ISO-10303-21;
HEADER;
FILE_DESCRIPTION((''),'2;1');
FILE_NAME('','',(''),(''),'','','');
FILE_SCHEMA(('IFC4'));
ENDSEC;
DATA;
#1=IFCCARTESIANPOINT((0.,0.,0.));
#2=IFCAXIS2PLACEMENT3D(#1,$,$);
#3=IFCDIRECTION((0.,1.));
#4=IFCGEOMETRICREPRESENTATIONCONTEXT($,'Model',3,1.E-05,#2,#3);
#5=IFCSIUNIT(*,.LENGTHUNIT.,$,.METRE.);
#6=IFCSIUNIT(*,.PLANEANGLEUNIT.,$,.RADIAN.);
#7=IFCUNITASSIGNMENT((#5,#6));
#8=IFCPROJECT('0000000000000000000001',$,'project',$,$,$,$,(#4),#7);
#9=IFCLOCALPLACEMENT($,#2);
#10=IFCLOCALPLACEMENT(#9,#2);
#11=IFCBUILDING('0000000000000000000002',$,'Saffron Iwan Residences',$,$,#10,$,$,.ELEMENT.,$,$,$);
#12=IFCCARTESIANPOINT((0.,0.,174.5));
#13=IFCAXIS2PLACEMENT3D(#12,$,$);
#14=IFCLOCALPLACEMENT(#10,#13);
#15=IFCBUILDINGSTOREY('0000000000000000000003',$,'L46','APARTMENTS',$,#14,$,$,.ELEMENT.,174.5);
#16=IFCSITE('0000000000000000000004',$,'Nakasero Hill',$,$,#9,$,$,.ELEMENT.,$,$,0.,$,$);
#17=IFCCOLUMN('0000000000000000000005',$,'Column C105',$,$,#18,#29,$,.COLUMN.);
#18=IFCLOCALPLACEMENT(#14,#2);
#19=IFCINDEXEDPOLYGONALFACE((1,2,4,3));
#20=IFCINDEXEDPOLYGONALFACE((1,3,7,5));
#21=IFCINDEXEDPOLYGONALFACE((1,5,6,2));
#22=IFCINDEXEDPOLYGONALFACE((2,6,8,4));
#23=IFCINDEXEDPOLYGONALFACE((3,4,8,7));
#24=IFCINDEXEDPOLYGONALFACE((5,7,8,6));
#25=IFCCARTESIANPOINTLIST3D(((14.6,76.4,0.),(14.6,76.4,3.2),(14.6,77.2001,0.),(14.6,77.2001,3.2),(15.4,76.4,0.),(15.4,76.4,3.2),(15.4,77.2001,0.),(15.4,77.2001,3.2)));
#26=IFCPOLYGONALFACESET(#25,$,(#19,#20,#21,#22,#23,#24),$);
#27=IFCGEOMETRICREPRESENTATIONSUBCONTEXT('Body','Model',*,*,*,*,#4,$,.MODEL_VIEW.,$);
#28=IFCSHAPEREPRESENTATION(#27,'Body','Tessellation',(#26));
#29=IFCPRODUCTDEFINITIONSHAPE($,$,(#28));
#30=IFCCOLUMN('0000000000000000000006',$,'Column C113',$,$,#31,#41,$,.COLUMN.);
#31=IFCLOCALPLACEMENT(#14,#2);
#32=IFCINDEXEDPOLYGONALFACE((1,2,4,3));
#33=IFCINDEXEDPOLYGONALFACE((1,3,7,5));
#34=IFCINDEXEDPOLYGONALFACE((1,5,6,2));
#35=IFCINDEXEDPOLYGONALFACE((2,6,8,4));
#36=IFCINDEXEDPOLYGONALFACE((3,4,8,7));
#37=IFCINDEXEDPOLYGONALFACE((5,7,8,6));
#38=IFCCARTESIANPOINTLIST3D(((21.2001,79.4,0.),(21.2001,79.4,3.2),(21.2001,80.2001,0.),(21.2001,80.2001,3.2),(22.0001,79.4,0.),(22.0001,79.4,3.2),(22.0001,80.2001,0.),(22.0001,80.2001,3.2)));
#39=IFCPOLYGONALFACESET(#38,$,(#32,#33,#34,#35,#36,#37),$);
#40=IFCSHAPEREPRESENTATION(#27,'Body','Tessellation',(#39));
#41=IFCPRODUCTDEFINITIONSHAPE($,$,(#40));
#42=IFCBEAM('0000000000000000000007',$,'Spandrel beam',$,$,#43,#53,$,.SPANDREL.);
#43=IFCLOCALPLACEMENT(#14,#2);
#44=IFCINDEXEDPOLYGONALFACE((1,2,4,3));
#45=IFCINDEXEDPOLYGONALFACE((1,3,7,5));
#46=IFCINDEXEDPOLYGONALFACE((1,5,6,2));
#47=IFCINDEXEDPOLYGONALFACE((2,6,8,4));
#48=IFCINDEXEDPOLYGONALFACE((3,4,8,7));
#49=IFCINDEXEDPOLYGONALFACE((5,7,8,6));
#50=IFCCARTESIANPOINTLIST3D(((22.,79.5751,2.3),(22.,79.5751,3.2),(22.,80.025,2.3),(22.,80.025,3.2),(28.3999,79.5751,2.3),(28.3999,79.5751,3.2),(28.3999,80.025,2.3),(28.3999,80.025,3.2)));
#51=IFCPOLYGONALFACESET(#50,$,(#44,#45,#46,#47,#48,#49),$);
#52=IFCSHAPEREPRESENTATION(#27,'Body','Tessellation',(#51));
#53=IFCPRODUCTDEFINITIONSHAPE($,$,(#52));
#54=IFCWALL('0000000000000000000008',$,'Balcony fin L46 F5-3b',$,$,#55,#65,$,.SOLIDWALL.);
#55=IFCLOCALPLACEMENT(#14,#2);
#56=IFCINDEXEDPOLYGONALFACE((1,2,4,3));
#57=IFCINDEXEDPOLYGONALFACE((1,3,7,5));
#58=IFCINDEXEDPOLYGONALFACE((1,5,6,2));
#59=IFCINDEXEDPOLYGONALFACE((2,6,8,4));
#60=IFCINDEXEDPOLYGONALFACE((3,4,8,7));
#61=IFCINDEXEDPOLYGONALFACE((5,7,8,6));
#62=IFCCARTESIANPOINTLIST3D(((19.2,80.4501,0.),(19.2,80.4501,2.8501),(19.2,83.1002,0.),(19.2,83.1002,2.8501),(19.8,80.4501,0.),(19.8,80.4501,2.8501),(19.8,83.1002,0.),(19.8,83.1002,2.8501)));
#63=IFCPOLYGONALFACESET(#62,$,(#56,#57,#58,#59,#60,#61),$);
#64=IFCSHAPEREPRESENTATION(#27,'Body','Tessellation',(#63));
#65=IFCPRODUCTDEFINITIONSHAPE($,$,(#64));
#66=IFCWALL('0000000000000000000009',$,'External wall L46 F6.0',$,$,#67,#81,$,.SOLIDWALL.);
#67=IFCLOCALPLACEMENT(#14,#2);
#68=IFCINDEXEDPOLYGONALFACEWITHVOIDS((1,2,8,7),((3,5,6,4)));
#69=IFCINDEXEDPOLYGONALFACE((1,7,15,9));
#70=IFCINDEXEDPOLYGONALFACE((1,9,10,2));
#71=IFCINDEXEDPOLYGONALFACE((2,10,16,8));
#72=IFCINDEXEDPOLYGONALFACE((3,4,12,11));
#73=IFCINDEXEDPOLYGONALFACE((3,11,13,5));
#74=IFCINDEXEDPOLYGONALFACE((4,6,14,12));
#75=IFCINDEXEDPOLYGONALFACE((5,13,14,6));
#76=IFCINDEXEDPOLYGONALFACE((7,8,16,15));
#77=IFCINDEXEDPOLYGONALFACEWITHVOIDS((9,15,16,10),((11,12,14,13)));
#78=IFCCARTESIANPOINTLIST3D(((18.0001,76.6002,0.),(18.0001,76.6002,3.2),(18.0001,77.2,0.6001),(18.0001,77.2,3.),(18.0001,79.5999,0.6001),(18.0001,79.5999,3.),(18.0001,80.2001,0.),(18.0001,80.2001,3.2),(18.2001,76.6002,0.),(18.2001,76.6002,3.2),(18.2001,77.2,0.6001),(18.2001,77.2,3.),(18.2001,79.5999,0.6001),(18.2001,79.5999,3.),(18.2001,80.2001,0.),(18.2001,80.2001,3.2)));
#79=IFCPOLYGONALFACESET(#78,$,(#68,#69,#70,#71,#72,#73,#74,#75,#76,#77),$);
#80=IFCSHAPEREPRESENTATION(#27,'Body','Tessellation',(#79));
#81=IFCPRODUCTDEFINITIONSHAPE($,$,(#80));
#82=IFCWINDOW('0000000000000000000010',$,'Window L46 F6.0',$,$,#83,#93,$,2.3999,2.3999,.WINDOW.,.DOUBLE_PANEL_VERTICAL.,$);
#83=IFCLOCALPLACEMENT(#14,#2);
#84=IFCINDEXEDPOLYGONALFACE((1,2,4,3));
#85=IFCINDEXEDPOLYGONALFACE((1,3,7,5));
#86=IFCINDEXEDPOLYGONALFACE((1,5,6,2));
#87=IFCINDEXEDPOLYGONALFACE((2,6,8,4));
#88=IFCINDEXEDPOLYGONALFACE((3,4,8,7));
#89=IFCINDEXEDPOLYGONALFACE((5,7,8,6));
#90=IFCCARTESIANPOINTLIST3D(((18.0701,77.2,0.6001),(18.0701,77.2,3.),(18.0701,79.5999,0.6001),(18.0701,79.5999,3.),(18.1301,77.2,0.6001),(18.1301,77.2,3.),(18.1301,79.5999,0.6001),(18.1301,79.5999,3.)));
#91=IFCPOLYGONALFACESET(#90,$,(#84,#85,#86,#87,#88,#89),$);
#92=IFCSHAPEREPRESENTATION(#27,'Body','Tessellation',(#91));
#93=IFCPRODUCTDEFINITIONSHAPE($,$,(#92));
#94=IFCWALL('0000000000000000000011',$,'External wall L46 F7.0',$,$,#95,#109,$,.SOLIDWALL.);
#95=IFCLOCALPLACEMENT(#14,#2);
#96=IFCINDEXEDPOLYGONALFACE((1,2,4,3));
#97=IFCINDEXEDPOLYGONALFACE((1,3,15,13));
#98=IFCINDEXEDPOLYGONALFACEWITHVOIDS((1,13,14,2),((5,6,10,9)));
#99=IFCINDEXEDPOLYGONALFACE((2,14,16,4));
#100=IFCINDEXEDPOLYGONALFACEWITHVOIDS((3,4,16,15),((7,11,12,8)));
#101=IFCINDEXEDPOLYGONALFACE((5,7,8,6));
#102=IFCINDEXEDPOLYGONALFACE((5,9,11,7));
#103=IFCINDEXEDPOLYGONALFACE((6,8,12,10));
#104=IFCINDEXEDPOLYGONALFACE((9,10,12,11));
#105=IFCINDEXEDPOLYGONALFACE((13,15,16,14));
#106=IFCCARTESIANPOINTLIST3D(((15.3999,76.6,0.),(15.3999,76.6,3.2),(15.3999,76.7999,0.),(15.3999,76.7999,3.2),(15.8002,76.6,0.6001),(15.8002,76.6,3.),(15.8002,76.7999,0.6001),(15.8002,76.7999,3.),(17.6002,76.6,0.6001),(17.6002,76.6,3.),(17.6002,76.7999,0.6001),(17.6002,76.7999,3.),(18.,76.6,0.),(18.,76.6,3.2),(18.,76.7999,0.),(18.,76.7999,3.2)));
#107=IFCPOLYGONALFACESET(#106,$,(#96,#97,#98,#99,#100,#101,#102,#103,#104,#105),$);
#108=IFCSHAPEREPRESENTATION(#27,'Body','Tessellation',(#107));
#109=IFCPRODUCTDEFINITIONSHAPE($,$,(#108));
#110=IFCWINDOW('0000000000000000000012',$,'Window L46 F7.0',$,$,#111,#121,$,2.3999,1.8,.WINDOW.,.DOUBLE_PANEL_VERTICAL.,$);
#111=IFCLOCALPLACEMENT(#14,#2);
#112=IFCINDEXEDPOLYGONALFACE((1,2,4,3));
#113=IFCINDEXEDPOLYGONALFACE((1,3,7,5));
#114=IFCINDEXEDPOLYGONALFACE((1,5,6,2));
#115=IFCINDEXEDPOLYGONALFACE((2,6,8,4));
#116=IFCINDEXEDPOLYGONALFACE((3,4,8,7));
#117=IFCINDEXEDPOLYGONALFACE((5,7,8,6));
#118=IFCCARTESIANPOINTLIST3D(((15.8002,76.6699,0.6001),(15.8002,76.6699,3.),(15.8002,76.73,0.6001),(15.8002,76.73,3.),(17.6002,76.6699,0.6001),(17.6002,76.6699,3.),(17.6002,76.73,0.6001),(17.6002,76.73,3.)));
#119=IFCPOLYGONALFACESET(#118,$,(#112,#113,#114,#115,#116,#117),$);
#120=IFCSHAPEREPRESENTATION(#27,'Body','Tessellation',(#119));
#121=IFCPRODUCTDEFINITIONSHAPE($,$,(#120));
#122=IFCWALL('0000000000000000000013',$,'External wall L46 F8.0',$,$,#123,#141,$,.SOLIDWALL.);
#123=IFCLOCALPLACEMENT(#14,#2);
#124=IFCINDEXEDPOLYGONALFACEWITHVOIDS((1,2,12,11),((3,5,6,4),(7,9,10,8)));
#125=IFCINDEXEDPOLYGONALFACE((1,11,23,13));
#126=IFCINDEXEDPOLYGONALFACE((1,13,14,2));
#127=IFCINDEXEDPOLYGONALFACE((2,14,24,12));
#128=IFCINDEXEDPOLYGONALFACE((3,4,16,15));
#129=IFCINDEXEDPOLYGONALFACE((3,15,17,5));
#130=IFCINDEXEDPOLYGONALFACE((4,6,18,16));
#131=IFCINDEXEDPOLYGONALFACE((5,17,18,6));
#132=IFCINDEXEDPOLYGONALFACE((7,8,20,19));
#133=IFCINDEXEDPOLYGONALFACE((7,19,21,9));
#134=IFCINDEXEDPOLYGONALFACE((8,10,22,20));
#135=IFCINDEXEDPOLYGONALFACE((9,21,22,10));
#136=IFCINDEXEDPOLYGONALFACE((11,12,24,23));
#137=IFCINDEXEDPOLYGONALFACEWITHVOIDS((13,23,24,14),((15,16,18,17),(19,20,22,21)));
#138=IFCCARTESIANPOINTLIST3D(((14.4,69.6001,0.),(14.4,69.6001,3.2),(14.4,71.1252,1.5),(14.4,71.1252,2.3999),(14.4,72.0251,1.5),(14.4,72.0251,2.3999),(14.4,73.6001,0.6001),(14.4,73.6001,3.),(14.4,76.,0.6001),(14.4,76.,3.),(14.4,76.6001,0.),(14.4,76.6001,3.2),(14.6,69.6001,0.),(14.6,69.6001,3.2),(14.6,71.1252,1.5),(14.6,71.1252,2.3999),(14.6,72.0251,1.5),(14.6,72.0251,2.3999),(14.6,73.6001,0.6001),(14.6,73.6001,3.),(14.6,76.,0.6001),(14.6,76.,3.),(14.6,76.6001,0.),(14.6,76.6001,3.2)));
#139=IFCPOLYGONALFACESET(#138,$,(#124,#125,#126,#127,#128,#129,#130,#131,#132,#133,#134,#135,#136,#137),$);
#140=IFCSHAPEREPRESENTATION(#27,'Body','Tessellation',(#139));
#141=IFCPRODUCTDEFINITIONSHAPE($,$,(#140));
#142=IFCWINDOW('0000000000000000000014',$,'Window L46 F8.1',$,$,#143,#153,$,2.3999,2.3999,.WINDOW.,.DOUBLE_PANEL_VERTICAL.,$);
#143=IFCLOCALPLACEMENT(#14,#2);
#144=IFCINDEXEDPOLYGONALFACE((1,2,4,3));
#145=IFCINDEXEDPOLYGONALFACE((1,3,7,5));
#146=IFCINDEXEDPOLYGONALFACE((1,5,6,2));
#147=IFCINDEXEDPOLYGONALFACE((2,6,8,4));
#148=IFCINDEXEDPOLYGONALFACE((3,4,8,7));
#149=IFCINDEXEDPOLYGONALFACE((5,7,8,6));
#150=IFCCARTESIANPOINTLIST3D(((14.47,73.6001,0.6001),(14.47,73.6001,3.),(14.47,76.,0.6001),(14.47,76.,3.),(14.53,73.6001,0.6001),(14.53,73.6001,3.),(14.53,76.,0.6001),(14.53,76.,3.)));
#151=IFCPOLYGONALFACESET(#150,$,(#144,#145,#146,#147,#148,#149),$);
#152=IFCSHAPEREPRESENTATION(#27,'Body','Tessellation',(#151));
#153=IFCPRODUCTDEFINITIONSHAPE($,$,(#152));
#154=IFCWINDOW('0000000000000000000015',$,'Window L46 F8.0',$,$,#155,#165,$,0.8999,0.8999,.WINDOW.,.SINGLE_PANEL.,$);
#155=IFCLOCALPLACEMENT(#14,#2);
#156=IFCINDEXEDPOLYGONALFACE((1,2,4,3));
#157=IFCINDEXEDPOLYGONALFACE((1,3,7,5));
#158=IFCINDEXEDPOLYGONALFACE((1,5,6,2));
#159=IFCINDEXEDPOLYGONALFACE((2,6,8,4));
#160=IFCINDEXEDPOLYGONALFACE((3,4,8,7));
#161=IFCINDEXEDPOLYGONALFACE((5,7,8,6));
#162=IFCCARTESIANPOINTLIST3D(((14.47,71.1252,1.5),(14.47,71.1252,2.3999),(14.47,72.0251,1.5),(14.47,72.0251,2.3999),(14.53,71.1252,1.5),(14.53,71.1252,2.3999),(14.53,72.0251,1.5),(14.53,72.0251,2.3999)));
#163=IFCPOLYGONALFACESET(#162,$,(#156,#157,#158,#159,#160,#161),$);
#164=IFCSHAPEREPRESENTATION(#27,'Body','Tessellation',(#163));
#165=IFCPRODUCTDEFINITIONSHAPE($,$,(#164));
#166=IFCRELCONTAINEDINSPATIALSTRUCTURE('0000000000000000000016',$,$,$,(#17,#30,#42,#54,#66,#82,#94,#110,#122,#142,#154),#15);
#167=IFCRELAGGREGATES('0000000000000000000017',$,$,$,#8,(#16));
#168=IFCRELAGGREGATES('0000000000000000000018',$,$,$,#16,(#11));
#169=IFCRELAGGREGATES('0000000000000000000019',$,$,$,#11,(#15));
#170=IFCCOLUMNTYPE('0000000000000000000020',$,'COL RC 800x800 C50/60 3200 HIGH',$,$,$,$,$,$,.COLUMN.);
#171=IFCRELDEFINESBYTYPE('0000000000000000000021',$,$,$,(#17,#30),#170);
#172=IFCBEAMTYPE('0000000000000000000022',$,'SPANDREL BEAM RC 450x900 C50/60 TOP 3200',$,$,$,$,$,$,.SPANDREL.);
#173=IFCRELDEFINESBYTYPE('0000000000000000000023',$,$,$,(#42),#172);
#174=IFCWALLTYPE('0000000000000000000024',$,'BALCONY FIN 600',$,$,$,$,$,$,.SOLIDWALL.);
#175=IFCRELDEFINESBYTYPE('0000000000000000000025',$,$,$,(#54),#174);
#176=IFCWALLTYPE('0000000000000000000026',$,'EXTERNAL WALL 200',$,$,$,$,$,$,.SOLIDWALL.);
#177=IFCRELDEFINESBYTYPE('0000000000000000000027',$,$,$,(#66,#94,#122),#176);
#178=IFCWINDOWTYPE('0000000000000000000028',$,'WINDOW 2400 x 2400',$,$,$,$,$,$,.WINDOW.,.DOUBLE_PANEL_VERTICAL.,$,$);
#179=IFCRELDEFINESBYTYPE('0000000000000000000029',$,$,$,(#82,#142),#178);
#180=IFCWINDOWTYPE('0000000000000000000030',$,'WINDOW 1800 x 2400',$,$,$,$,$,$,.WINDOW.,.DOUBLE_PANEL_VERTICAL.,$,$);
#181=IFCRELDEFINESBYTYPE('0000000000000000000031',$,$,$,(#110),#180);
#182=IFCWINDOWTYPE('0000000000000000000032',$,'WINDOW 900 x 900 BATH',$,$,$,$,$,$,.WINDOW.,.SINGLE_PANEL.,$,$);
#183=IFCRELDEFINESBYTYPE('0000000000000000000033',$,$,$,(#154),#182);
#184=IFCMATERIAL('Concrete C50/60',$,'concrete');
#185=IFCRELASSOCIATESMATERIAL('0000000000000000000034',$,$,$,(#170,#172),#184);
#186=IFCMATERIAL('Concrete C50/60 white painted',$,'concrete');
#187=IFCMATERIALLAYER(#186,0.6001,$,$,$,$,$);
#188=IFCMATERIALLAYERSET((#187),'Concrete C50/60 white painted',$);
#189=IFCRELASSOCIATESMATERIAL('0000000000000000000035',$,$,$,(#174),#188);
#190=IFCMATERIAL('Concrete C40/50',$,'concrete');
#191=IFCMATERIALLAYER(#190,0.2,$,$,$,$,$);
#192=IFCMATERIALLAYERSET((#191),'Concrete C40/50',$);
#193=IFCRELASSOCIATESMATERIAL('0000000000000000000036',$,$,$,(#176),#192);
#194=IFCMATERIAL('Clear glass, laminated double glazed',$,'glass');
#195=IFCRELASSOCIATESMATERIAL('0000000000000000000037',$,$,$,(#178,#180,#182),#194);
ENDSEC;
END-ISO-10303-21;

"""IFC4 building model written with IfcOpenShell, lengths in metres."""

from ifc_helpers import new_model, si_unit, direction, frame, frame_2d, origin, origin_2d, place, context, subcontext, project, spatial, rectangle, extrude, source, transform, mapped, material, layer, layer_set, material_profile, profile_set, type_object, element, fill, save


model = new_model("IFC4")

# Units and contexts
model_context = context("Model", 3, precision=1e-05, world=origin(), true_north=direction((0.0, 1.0)))
body_context = subcontext(model_context, "Body", "Model", "MODEL_VIEW")
ifc_project = project(units=[si_unit("LENGTHUNIT", "METRE"), si_unit("PLANEANGLEUNIT", "RADIAN")], contexts=[model_context])

# Site, building, storey
site_placement = place(None, origin())
site = spatial("IfcSite", under=ifc_project, at=site_placement, Name="Nakasero Hill", CompositionType="ELEMENT", RefElevation=0.0)
building_placement = place(site_placement, origin())
building = spatial("IfcBuilding", under=site, at=building_placement, Name="Saffron Iwan Residences", CompositionType="ELEMENT")
storey_placement = place(building_placement, frame((0.0, 0.0, 174.5)))
storey = spatial("IfcBuildingStorey", under=building, at=storey_placement, Name="L46", Description="APARTMENTS", CompositionType="ELEMENT", Elevation=174.5)

# Columns
ifc_material_1 = material(Name="Concrete C50/60", Category="concrete")
ifc_material_profile_1 = material_profile(ifc_material_1, rectangle(XDim=0.8, YDim=0.8, at=origin_2d()), Name="RC 800x800")
ifc_profile_set_1 = profile_set([ifc_material_profile_1], Name="Concrete C50/60")
column_type = type_object("IfcColumnType", Name="COL RC 800x800 C50/60 3200 HIGH", PredefinedType="COLUMN", material=ifc_profile_set_1)
shared_shape_1 = source(origin(), body_context, "Body", "SweptSolid", [
    extrude(rectangle(XDim=0.8, YDim=0.8, at=origin_2d()), origin(), (0.0, 0.0, 1.0), 3.2),
])
for number, where, z_axis, x_axis, name in (
    (1, (15.0, 76.8, 0.0), (0.0, 0.0, 1.0), (1.0, 0.0, 0.0), "Column C105"),
    (2, (21.6001, 79.8, 0.0), (0.0, 0.0, 1.0), (1.0, 0.0, 0.0), "Column C113"),
):
    element("IfcColumn", number, at=place(storey_placement, frame(where, z_axis=z_axis, x_axis=x_axis)), inside=storey, type_object=column_type, Name=name, PredefinedType="COLUMN", context=body_context, shape_type="MappedRepresentation", body=[
        mapped(shared_shape_1, transform((0.0, 0.0, 0.0))),
    ])

# Beam
ifc_material_profile_2 = material_profile(ifc_material_1, rectangle(XDim=0.45, YDim=0.8999, at=origin_2d()), Name="RC 450x900")
ifc_profile_set_2 = profile_set([ifc_material_profile_2], Name="Concrete C50/60")
beam_type = type_object("IfcBeamType", Name="SPANDREL BEAM RC 450x900 C50/60 TOP 3200", PredefinedType="SPANDREL", material=ifc_profile_set_2)
shared_shape_2 = source(origin(), body_context, "Body", "SweptSolid", [
    extrude(rectangle(XDim=0.45, YDim=0.8999, at=origin_2d()), origin(), (0.0, 0.0, 1.0), 6.3999),
])
beam_placement = place(storey_placement, frame((22.0, 79.8, 2.75), z_axis=(1.0, 0.0, 0.0), x_axis=(0.0, 1.0, 0.0)))
element("IfcBeam", 3, at=beam_placement, inside=storey, type_object=beam_type, Name="Spandrel beam", PredefinedType="SPANDREL", context=body_context, shape_type="MappedRepresentation", body=[
    mapped(shared_shape_2, transform((0.0, 0.0, 0.0))),
])

# Wall
ifc_material_2 = material(Name="Concrete C50/60 white painted", Category="concrete")
ifc_layer_1 = layer(ifc_material_2, 0.6001)
ifc_layer_set_1 = layer_set([ifc_layer_1], Name="Concrete C50/60 white painted")
wall_type_1 = type_object("IfcWallType", Name="BALCONY FIN 600", PredefinedType="SOLIDWALL", material=ifc_layer_set_1)
wall_1_placement = place(storey_placement, frame((19.5, 80.45, 0.0), z_axis=(0.0, 0.0, 1.0), x_axis=(0.0, 1.0, 0.0)))
element("IfcWall", 4, at=wall_1_placement, inside=storey, type_object=wall_type_1, Name="Balcony fin L46 F5-3b", PredefinedType="SOLIDWALL", context=body_context, shape_type="SweptSolid", body=[
    extrude(rectangle(XDim=2.6501, YDim=0.6001, at=frame_2d((1.3252, 0.0))), origin(), (0.0, 0.0, 1.0), 2.8501),
])

# Walls, openings, windows
ifc_material_3 = material(Name="Concrete C40/50", Category="concrete")
ifc_layer_2 = layer(ifc_material_3, 0.2)
ifc_layer_set_2 = layer_set([ifc_layer_2], Name="Concrete C40/50")
wall_type_2 = type_object("IfcWallType", Name="EXTERNAL WALL 200", PredefinedType="SOLIDWALL", material=ifc_layer_set_2)
wall_2_placement = place(storey_placement, frame((18.1001, 80.2, 0.0), z_axis=(0.0, 0.0, 1.0), x_axis=(0.0, -1.0, 0.0)))
wall_2 = element("IfcWall", 5, at=wall_2_placement, inside=storey, type_object=wall_type_2, Name="External wall L46 F6.0", PredefinedType="SOLIDWALL", context=body_context, shape_type="SweptSolid", body=[
    extrude(rectangle(XDim=3.5999, YDim=0.2, at=frame_2d((1.7998, 0.0))), origin(), (0.0, 0.0, 1.0), 3.2),
])
opening_1_placement = place(wall_2_placement, frame((0.6001, 0.0, 0.6001)))
opening_1 = element("IfcOpeningElement", 6, at=opening_1_placement, cuts=wall_2, PredefinedType="OPENING", context=body_context, shape_type="SweptSolid", body=[
    extrude(rectangle(XDim=2.3999, YDim=2.3999, at=frame_2d((1.2, 1.2))), frame((0.0, 0.1099, 0.0), z_axis=(0.0, -1.0, 0.0), x_axis=(1.0, 0.0, 0.0)), (0.0, 0.0, 1.0), 0.22),
])
ifc_material_4 = material(Name="Clear glass, laminated double glazed", Category="glass")
window_type_1 = type_object("IfcWindowType", Name="WINDOW 2400 x 2400", PartitioningType="DOUBLE_PANEL_VERTICAL", PredefinedType="WINDOW", material=ifc_material_4)
window_1_placement = place(opening_1_placement, origin())
window_1 = element("IfcWindow", 7, at=window_1_placement, inside=storey, type_object=window_type_1, Name="Window L46 F6.0", OverallHeight=2.3999, OverallWidth=2.3999, PartitioningType="DOUBLE_PANEL_VERTICAL", PredefinedType="WINDOW", context=body_context, shape_type="SweptSolid", body=[
    extrude(rectangle(XDim=2.3999, YDim=2.3999, at=frame_2d((1.2, 1.2))), frame((0.0, 0.03, 0.0), z_axis=(0.0, -1.0, 0.0), x_axis=(1.0, 0.0, 0.0)), (0.0, 0.0, 1.0), 0.0601),
])
fill(opening_1, window_1)
wall_3_placement = place(storey_placement, frame((18.0, 76.7, 0.0), z_axis=(0.0, 0.0, 1.0), x_axis=(-1.0, 0.0, 0.0)))
wall_3 = element("IfcWall", 8, at=wall_3_placement, inside=storey, type_object=wall_type_2, Name="External wall L46 F7.0", PredefinedType="SOLIDWALL", context=body_context, shape_type="SweptSolid", body=[
    extrude(rectangle(XDim=2.6001, YDim=0.2, at=frame_2d((1.3, 0.0))), origin(), (0.0, 0.0, 1.0), 3.2),
])
opening_2_placement = place(wall_3_placement, frame((0.3999, 0.0, 0.6001)))
opening_2 = element("IfcOpeningElement", 9, at=opening_2_placement, cuts=wall_3, PredefinedType="OPENING", context=body_context, shape_type="SweptSolid", body=[
    extrude(rectangle(XDim=1.8, YDim=2.3999, at=frame_2d((0.8999, 1.2))), frame((0.0, 0.1099, 0.0), z_axis=(0.0, -1.0, 0.0), x_axis=(1.0, 0.0, 0.0)), (0.0, 0.0, 1.0), 0.22),
])
window_type_2 = type_object("IfcWindowType", Name="WINDOW 1800 x 2400", PartitioningType="DOUBLE_PANEL_VERTICAL", PredefinedType="WINDOW", material=ifc_material_4)
window_2_placement = place(opening_2_placement, origin())
window_2 = element("IfcWindow", 10, at=window_2_placement, inside=storey, type_object=window_type_2, Name="Window L46 F7.0", OverallHeight=2.3999, OverallWidth=1.8, PartitioningType="DOUBLE_PANEL_VERTICAL", PredefinedType="WINDOW", context=body_context, shape_type="SweptSolid", body=[
    extrude(rectangle(XDim=1.8, YDim=2.3999, at=frame_2d((0.8999, 1.2))), frame((0.0, 0.03, 0.0), z_axis=(0.0, -1.0, 0.0), x_axis=(1.0, 0.0, 0.0)), (0.0, 0.0, 1.0), 0.0601),
])
fill(opening_2, window_2)

# Wall, openings, windows
wall_4_placement = place(storey_placement, frame((14.5, 76.6001, 0.0), z_axis=(0.0, 0.0, 1.0), x_axis=(0.0, -1.0, 0.0)))
wall_4 = element("IfcWall", 11, at=wall_4_placement, inside=storey, type_object=wall_type_2, Name="External wall L46 F8.0", PredefinedType="SOLIDWALL", context=body_context, shape_type="SweptSolid", body=[
    extrude(rectangle(XDim=7.0, YDim=0.2, at=frame_2d((3.5, 0.0))), origin(), (0.0, 0.0, 1.0), 3.2),
])
opening_3_placement = place(wall_4_placement, frame((4.575, 0.0, 1.5)))
opening_3 = element("IfcOpeningElement", 12, at=opening_3_placement, cuts=wall_4, PredefinedType="OPENING", context=body_context, shape_type="SweptSolid", body=[
    extrude(rectangle(XDim=0.8999, YDim=0.8999, at=frame_2d((0.45, 0.45))), frame((0.0, 0.1099, 0.0), z_axis=(0.0, -1.0, 0.0), x_axis=(1.0, 0.0, 0.0)), (0.0, 0.0, 1.0), 0.22),
])
opening_4_placement = place(wall_4_placement, frame((0.6001, 0.0, 0.6001)))
opening_4 = element("IfcOpeningElement", 13, at=opening_4_placement, cuts=wall_4, PredefinedType="OPENING", context=body_context, shape_type="SweptSolid", body=[
    extrude(rectangle(XDim=2.3999, YDim=2.3999, at=frame_2d((1.2, 1.2))), frame((0.0, 0.1099, 0.0), z_axis=(0.0, -1.0, 0.0), x_axis=(1.0, 0.0, 0.0)), (0.0, 0.0, 1.0), 0.22),
])
window_3_placement = place(opening_4_placement, origin())
window_3 = element("IfcWindow", 14, at=window_3_placement, inside=storey, type_object=window_type_1, Name="Window L46 F8.1", OverallHeight=2.3999, OverallWidth=2.3999, PartitioningType="DOUBLE_PANEL_VERTICAL", PredefinedType="WINDOW", context=body_context, shape_type="SweptSolid", body=[
    extrude(rectangle(XDim=2.3999, YDim=2.3999, at=frame_2d((1.2, 1.2))), frame((0.0, 0.03, 0.0), z_axis=(0.0, -1.0, 0.0), x_axis=(1.0, 0.0, 0.0)), (0.0, 0.0, 1.0), 0.0601),
])
fill(opening_4, window_3)
window_type_3 = type_object("IfcWindowType", Name="WINDOW 900 x 900 BATH", PartitioningType="SINGLE_PANEL", PredefinedType="WINDOW", material=ifc_material_4)
window_4_placement = place(opening_3_placement, origin())
window_4 = element("IfcWindow", 15, at=window_4_placement, inside=storey, type_object=window_type_3, Name="Window L46 F8.0", OverallHeight=0.8999, OverallWidth=0.8999, PartitioningType="SINGLE_PANEL", PredefinedType="WINDOW", context=body_context, shape_type="SweptSolid", body=[
    extrude(rectangle(XDim=0.8999, YDim=0.8999, at=frame_2d((0.45, 0.45))), frame((0.0, 0.03, 0.0), z_axis=(0.0, -1.0, 0.0), x_axis=(1.0, 0.0, 0.0)), (0.0, 0.0, 1.0), 0.0601),
])
fill(opening_3, window_4)

save(model, "model.ifc")
